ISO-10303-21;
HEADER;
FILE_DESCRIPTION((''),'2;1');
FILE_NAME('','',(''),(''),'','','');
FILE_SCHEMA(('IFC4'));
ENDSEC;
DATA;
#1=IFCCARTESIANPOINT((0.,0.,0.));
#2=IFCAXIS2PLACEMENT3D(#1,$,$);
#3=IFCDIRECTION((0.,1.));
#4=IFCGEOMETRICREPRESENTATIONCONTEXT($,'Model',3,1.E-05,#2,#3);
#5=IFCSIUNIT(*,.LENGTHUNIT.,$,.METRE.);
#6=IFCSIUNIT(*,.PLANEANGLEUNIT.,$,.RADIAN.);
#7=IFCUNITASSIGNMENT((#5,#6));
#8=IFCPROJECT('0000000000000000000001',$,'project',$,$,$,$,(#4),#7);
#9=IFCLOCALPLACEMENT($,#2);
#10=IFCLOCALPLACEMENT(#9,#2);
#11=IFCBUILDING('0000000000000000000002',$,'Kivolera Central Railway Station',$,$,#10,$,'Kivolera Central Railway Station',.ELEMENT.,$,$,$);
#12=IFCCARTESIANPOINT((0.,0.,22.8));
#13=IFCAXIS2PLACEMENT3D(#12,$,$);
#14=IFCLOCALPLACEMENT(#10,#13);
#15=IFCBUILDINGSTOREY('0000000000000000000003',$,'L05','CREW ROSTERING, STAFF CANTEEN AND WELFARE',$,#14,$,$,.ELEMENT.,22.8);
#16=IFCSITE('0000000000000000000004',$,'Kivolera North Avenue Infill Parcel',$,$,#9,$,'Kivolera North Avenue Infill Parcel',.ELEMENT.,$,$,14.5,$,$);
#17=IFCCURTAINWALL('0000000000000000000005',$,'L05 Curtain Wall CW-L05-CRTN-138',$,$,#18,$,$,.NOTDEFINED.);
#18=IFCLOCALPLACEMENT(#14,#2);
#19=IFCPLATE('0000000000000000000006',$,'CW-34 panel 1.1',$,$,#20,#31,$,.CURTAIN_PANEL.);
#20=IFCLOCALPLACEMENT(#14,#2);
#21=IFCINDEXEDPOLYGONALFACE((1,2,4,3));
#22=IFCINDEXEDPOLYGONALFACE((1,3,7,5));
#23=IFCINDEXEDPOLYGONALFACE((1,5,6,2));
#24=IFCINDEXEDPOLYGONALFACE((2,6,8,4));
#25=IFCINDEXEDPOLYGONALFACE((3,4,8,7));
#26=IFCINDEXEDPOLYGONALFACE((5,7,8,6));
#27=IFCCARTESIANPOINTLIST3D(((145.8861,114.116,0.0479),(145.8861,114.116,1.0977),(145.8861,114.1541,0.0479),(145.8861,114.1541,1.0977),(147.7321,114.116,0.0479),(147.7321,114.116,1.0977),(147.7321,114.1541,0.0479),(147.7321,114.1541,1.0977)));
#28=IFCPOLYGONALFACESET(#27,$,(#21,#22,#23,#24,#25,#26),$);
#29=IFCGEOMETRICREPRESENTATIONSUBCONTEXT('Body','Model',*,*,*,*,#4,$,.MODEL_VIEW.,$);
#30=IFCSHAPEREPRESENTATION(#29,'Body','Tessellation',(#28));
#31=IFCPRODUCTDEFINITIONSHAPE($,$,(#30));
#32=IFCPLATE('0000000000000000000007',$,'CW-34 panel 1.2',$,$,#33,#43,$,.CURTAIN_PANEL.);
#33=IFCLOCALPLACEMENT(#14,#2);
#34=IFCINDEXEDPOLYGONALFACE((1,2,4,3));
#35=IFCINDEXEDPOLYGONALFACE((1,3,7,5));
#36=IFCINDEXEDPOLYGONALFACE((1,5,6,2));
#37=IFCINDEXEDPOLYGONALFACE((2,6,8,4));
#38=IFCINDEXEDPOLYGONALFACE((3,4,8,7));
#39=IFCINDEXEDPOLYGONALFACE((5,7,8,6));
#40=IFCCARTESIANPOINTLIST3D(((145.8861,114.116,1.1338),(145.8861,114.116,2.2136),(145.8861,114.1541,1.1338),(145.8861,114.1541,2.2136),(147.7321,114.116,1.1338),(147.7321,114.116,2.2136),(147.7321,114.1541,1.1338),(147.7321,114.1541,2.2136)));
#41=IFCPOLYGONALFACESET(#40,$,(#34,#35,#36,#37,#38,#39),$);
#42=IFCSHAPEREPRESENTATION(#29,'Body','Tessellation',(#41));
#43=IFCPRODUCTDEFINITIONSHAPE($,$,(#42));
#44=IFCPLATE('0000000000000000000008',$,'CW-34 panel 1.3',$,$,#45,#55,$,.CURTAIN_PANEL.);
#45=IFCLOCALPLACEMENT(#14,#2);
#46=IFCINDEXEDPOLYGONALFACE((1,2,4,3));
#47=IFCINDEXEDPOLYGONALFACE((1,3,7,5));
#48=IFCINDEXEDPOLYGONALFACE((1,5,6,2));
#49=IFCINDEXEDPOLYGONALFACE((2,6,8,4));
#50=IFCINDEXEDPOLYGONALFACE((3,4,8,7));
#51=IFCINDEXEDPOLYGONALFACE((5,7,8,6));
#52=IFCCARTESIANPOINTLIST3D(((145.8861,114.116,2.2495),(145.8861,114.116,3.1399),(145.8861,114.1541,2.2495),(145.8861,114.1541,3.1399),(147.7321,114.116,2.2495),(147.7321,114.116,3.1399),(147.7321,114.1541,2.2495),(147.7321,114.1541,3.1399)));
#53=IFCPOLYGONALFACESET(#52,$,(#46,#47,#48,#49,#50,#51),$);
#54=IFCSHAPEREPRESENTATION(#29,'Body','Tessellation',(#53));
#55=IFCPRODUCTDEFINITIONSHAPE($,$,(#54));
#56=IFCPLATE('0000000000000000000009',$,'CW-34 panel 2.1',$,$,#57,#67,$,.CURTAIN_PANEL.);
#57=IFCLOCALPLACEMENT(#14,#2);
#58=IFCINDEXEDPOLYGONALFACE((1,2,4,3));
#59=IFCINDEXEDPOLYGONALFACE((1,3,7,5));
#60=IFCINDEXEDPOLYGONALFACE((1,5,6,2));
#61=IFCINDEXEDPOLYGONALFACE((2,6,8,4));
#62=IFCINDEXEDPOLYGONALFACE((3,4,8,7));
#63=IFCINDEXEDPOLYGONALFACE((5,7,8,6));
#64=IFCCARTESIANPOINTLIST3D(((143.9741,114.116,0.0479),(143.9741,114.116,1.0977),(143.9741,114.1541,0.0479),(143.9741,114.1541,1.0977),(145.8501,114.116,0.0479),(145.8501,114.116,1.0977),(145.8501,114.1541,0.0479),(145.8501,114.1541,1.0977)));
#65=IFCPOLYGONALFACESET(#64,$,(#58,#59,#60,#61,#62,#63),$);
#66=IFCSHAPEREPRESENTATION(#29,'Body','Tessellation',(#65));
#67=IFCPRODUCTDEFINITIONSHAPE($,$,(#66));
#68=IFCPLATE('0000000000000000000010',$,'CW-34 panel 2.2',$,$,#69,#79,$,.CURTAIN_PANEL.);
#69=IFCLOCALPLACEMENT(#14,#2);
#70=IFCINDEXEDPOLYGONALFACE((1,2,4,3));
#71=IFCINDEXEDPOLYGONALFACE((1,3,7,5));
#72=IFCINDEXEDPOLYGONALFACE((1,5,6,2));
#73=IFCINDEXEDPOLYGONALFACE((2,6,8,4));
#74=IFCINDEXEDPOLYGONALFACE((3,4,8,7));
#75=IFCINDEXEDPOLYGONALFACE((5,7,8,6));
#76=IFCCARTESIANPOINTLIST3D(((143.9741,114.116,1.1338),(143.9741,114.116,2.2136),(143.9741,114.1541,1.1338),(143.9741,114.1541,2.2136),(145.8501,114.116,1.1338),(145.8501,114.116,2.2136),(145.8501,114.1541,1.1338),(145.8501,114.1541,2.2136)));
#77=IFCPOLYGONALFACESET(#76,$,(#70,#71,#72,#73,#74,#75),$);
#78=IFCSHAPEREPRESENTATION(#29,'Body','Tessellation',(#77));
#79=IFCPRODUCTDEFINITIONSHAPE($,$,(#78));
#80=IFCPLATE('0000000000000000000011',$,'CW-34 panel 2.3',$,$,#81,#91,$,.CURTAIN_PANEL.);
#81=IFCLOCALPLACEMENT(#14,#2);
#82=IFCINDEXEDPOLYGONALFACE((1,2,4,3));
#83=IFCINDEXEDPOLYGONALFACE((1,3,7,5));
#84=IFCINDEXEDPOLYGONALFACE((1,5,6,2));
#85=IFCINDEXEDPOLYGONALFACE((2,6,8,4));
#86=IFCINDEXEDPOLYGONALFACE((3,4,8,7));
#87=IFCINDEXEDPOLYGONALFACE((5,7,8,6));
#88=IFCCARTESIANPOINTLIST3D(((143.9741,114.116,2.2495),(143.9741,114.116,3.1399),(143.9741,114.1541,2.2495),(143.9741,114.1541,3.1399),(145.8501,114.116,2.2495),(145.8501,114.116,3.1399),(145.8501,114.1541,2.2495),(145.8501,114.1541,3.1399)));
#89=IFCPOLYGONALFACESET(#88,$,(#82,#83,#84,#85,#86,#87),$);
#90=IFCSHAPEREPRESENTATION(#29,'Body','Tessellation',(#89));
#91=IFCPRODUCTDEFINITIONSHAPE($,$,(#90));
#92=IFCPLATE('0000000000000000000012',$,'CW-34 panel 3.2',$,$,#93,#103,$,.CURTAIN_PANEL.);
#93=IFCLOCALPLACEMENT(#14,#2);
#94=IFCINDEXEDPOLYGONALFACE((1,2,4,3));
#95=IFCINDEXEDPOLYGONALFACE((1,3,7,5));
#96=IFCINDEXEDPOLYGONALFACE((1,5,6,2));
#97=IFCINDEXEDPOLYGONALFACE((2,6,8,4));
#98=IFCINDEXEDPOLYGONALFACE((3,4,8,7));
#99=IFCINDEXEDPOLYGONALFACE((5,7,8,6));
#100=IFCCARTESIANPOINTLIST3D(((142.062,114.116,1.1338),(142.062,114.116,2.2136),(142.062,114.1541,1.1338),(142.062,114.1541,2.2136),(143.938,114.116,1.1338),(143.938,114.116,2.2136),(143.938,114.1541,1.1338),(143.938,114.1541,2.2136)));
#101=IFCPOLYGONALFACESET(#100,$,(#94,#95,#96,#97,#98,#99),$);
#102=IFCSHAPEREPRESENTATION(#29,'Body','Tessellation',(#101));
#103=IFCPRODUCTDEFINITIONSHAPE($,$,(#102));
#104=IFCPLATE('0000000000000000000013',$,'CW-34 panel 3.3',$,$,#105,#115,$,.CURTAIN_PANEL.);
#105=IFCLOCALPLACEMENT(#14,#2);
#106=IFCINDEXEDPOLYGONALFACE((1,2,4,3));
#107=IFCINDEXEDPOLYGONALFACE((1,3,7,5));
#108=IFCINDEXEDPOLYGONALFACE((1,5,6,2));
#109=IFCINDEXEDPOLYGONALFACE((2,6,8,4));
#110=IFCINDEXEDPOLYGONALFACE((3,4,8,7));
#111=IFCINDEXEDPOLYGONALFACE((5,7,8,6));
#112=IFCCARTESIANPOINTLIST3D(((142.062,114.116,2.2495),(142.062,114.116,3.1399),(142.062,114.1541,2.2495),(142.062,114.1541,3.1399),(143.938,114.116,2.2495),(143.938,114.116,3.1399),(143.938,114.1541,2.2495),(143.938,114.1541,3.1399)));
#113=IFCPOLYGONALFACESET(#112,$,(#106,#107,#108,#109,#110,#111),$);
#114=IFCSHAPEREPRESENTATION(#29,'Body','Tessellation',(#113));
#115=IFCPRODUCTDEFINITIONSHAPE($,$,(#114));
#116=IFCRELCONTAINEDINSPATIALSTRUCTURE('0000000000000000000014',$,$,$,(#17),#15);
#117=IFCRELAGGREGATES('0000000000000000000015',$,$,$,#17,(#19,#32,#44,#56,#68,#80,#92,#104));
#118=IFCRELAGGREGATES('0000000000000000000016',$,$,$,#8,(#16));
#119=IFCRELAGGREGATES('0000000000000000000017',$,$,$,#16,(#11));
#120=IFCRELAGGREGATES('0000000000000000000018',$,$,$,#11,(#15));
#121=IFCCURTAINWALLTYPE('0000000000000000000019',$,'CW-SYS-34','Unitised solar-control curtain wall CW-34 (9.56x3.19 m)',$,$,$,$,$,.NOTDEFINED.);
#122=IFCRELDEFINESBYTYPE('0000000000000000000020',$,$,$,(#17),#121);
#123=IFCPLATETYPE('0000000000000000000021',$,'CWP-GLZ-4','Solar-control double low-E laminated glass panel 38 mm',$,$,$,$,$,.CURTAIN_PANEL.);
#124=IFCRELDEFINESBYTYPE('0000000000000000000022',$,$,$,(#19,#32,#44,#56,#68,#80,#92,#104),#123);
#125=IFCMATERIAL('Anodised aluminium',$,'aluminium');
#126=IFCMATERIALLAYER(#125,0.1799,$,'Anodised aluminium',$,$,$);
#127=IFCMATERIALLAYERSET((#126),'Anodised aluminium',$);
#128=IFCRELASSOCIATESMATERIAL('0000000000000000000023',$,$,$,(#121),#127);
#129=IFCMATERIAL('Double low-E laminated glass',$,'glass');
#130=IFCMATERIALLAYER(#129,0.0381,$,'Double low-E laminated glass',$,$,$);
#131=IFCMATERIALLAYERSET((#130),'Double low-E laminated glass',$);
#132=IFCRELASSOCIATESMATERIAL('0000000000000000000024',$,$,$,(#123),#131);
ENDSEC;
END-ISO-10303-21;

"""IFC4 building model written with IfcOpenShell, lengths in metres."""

from ifc_helpers import new_model, si_unit, direction, frame, origin, origin_2d, place, context, subcontext, project, spatial, rectangle, extrude, material, layer, layer_set, type_object, element, aggregate, save


model = new_model("IFC4")

# Units and contexts
model_context = context("Model", 3, precision=1e-05, world=origin(), true_north=direction((0.0, 1.0)))
body_context = subcontext(model_context, "Body", "Model", "MODEL_VIEW")
ifc_project = project(units=[si_unit("LENGTHUNIT", "METRE"), si_unit("PLANEANGLEUNIT", "RADIAN")], contexts=[model_context])

# Site, building, storey
site_placement = place(None, origin())
site = spatial("IfcSite", under=ifc_project, at=site_placement, Name="Kivolera North Avenue Infill Parcel", LongName="Kivolera North Avenue Infill Parcel", CompositionType="ELEMENT", RefElevation=14.5)
building_placement = place(site_placement, origin())
building = spatial("IfcBuilding", under=site, at=building_placement, Name="Kivolera Central Railway Station", LongName="Kivolera Central Railway Station", CompositionType="ELEMENT")
storey_placement = place(building_placement, frame((0.0, 0.0, 22.8)))
storey = spatial("IfcBuildingStorey", under=building, at=storey_placement, Name="L05", Description="CREW ROSTERING, STAFF CANTEEN AND WELFARE", CompositionType="ELEMENT", Elevation=22.8)

# Curtain wall, plates
ifc_material_1 = material(Name="Anodised aluminium", Category="aluminium")
ifc_layer_1 = layer(ifc_material_1, 0.1799, Name="Anodised aluminium")
ifc_layer_set_1 = layer_set([ifc_layer_1], Name="Anodised aluminium")
curtain_wall_type = type_object("IfcCurtainWallType", Name="CW-SYS-34", Description="Unitised solar-control curtain wall CW-34 (9.56x3.19 m)", PredefinedType="NOTDEFINED", material=ifc_layer_set_1)
curtain_wall_placement = place(storey_placement, origin())
curtain_wall = element("IfcCurtainWall", 1, at=curtain_wall_placement, inside=storey, type_object=curtain_wall_type, Name="L05 Curtain Wall CW-L05-CRTN-138", PredefinedType="NOTDEFINED")
ifc_material_2 = material(Name="Double low-E laminated glass", Category="glass")
ifc_layer_2 = layer(ifc_material_2, 0.0381, Name="Double low-E laminated glass")
ifc_layer_set_2 = layer_set([ifc_layer_2], Name="Double low-E laminated glass")
plate_type = type_object("IfcPlateType", Name="CWP-GLZ-4", Description="Solar-control double low-E laminated glass panel 38 mm", PredefinedType="CURTAIN_PANEL", material=ifc_layer_set_2)
plate_1_placement = place(storey_placement, frame((146.8091, 114.135, 0.0479), z_axis=(0.0, 0.0, 1.0), x_axis=(-1.0, 0.0, 0.0)))
plate_1 = element("IfcPlate", 2, at=plate_1_placement, type_object=plate_type, Name="CW-34 panel 1.1", PredefinedType="CURTAIN_PANEL", context=body_context, shape_type="SweptSolid", body=[
    extrude(rectangle(XDim=1.8459, YDim=0.0381, at=origin_2d()), origin(), (0.0, 0.0, 1.0), 1.0498),
])
plate_2_placement = place(storey_placement, frame((146.8091, 114.135, 1.1338), z_axis=(0.0, 0.0, 1.0), x_axis=(-1.0, 0.0, 0.0)))
plate_2 = element("IfcPlate", 3, at=plate_2_placement, type_object=plate_type, Name="CW-34 panel 1.2", PredefinedType="CURTAIN_PANEL", context=body_context, shape_type="SweptSolid", body=[
    extrude(rectangle(XDim=1.8459, YDim=0.0381, at=origin_2d()), origin(), (0.0, 0.0, 1.0), 1.0798),
])
plate_3_placement = place(storey_placement, frame((146.8091, 114.135, 2.2495), z_axis=(0.0, 0.0, 1.0), x_axis=(-1.0, 0.0, 0.0)))
plate_3 = element("IfcPlate", 4, at=plate_3_placement, type_object=plate_type, Name="CW-34 panel 1.3", PredefinedType="CURTAIN_PANEL", context=body_context, shape_type="SweptSolid", body=[
    extrude(rectangle(XDim=1.8459, YDim=0.0381, at=origin_2d()), origin(), (0.0, 0.0, 1.0), 0.8904),
])
plate_4_placement = place(storey_placement, frame((144.9121, 114.135, 0.0479), z_axis=(0.0, 0.0, 1.0), x_axis=(-1.0, 0.0, 0.0)))
plate_4 = element("IfcPlate", 5, at=plate_4_placement, type_object=plate_type, Name="CW-34 panel 2.1", PredefinedType="CURTAIN_PANEL", context=body_context, shape_type="SweptSolid", body=[
    extrude(rectangle(XDim=1.876, YDim=0.0381, at=origin_2d()), origin(), (0.0, 0.0, 1.0), 1.0498),
])
plate_5_placement = place(storey_placement, frame((144.9121, 114.135, 1.1338), z_axis=(0.0, 0.0, 1.0), x_axis=(-1.0, 0.0, 0.0)))
plate_5 = element("IfcPlate", 6, at=plate_5_placement, type_object=plate_type, Name="CW-34 panel 2.2", PredefinedType="CURTAIN_PANEL", context=body_context, shape_type="SweptSolid", body=[
    extrude(rectangle(XDim=1.876, YDim=0.0381, at=origin_2d()), origin(), (0.0, 0.0, 1.0), 1.0798),
])
plate_6_placement = place(storey_placement, frame((144.9121, 114.135, 2.2495), z_axis=(0.0, 0.0, 1.0), x_axis=(-1.0, 0.0, 0.0)))
plate_6 = element("IfcPlate", 7, at=plate_6_placement, type_object=plate_type, Name="CW-34 panel 2.3", PredefinedType="CURTAIN_PANEL", context=body_context, shape_type="SweptSolid", body=[
    extrude(rectangle(XDim=1.876, YDim=0.0381, at=origin_2d()), origin(), (0.0, 0.0, 1.0), 0.8904),
])
plate_7_placement = place(storey_placement, frame((143.0, 114.135, 1.1338), z_axis=(0.0, 0.0, 1.0), x_axis=(-1.0, 0.0, 0.0)))
plate_7 = element("IfcPlate", 8, at=plate_7_placement, type_object=plate_type, Name="CW-34 panel 3.2", PredefinedType="CURTAIN_PANEL", context=body_context, shape_type="SweptSolid", body=[
    extrude(rectangle(XDim=1.876, YDim=0.0381, at=origin_2d()), origin(), (0.0, 0.0, 1.0), 1.0798),
])
plate_8_placement = place(storey_placement, frame((143.0, 114.135, 2.2495), z_axis=(0.0, 0.0, 1.0), x_axis=(-1.0, 0.0, 0.0)))
plate_8 = element("IfcPlate", 9, at=plate_8_placement, type_object=plate_type, Name="CW-34 panel 3.3", PredefinedType="CURTAIN_PANEL", context=body_context, shape_type="SweptSolid", body=[
    extrude(rectangle(XDim=1.876, YDim=0.0381, at=origin_2d()), origin(), (0.0, 0.0, 1.0), 0.8904),
])
aggregate(curtain_wall, [plate_1, plate_2, plate_3, plate_4, plate_5, plate_6, plate_7, plate_8])

save(model, "model.ifc")
